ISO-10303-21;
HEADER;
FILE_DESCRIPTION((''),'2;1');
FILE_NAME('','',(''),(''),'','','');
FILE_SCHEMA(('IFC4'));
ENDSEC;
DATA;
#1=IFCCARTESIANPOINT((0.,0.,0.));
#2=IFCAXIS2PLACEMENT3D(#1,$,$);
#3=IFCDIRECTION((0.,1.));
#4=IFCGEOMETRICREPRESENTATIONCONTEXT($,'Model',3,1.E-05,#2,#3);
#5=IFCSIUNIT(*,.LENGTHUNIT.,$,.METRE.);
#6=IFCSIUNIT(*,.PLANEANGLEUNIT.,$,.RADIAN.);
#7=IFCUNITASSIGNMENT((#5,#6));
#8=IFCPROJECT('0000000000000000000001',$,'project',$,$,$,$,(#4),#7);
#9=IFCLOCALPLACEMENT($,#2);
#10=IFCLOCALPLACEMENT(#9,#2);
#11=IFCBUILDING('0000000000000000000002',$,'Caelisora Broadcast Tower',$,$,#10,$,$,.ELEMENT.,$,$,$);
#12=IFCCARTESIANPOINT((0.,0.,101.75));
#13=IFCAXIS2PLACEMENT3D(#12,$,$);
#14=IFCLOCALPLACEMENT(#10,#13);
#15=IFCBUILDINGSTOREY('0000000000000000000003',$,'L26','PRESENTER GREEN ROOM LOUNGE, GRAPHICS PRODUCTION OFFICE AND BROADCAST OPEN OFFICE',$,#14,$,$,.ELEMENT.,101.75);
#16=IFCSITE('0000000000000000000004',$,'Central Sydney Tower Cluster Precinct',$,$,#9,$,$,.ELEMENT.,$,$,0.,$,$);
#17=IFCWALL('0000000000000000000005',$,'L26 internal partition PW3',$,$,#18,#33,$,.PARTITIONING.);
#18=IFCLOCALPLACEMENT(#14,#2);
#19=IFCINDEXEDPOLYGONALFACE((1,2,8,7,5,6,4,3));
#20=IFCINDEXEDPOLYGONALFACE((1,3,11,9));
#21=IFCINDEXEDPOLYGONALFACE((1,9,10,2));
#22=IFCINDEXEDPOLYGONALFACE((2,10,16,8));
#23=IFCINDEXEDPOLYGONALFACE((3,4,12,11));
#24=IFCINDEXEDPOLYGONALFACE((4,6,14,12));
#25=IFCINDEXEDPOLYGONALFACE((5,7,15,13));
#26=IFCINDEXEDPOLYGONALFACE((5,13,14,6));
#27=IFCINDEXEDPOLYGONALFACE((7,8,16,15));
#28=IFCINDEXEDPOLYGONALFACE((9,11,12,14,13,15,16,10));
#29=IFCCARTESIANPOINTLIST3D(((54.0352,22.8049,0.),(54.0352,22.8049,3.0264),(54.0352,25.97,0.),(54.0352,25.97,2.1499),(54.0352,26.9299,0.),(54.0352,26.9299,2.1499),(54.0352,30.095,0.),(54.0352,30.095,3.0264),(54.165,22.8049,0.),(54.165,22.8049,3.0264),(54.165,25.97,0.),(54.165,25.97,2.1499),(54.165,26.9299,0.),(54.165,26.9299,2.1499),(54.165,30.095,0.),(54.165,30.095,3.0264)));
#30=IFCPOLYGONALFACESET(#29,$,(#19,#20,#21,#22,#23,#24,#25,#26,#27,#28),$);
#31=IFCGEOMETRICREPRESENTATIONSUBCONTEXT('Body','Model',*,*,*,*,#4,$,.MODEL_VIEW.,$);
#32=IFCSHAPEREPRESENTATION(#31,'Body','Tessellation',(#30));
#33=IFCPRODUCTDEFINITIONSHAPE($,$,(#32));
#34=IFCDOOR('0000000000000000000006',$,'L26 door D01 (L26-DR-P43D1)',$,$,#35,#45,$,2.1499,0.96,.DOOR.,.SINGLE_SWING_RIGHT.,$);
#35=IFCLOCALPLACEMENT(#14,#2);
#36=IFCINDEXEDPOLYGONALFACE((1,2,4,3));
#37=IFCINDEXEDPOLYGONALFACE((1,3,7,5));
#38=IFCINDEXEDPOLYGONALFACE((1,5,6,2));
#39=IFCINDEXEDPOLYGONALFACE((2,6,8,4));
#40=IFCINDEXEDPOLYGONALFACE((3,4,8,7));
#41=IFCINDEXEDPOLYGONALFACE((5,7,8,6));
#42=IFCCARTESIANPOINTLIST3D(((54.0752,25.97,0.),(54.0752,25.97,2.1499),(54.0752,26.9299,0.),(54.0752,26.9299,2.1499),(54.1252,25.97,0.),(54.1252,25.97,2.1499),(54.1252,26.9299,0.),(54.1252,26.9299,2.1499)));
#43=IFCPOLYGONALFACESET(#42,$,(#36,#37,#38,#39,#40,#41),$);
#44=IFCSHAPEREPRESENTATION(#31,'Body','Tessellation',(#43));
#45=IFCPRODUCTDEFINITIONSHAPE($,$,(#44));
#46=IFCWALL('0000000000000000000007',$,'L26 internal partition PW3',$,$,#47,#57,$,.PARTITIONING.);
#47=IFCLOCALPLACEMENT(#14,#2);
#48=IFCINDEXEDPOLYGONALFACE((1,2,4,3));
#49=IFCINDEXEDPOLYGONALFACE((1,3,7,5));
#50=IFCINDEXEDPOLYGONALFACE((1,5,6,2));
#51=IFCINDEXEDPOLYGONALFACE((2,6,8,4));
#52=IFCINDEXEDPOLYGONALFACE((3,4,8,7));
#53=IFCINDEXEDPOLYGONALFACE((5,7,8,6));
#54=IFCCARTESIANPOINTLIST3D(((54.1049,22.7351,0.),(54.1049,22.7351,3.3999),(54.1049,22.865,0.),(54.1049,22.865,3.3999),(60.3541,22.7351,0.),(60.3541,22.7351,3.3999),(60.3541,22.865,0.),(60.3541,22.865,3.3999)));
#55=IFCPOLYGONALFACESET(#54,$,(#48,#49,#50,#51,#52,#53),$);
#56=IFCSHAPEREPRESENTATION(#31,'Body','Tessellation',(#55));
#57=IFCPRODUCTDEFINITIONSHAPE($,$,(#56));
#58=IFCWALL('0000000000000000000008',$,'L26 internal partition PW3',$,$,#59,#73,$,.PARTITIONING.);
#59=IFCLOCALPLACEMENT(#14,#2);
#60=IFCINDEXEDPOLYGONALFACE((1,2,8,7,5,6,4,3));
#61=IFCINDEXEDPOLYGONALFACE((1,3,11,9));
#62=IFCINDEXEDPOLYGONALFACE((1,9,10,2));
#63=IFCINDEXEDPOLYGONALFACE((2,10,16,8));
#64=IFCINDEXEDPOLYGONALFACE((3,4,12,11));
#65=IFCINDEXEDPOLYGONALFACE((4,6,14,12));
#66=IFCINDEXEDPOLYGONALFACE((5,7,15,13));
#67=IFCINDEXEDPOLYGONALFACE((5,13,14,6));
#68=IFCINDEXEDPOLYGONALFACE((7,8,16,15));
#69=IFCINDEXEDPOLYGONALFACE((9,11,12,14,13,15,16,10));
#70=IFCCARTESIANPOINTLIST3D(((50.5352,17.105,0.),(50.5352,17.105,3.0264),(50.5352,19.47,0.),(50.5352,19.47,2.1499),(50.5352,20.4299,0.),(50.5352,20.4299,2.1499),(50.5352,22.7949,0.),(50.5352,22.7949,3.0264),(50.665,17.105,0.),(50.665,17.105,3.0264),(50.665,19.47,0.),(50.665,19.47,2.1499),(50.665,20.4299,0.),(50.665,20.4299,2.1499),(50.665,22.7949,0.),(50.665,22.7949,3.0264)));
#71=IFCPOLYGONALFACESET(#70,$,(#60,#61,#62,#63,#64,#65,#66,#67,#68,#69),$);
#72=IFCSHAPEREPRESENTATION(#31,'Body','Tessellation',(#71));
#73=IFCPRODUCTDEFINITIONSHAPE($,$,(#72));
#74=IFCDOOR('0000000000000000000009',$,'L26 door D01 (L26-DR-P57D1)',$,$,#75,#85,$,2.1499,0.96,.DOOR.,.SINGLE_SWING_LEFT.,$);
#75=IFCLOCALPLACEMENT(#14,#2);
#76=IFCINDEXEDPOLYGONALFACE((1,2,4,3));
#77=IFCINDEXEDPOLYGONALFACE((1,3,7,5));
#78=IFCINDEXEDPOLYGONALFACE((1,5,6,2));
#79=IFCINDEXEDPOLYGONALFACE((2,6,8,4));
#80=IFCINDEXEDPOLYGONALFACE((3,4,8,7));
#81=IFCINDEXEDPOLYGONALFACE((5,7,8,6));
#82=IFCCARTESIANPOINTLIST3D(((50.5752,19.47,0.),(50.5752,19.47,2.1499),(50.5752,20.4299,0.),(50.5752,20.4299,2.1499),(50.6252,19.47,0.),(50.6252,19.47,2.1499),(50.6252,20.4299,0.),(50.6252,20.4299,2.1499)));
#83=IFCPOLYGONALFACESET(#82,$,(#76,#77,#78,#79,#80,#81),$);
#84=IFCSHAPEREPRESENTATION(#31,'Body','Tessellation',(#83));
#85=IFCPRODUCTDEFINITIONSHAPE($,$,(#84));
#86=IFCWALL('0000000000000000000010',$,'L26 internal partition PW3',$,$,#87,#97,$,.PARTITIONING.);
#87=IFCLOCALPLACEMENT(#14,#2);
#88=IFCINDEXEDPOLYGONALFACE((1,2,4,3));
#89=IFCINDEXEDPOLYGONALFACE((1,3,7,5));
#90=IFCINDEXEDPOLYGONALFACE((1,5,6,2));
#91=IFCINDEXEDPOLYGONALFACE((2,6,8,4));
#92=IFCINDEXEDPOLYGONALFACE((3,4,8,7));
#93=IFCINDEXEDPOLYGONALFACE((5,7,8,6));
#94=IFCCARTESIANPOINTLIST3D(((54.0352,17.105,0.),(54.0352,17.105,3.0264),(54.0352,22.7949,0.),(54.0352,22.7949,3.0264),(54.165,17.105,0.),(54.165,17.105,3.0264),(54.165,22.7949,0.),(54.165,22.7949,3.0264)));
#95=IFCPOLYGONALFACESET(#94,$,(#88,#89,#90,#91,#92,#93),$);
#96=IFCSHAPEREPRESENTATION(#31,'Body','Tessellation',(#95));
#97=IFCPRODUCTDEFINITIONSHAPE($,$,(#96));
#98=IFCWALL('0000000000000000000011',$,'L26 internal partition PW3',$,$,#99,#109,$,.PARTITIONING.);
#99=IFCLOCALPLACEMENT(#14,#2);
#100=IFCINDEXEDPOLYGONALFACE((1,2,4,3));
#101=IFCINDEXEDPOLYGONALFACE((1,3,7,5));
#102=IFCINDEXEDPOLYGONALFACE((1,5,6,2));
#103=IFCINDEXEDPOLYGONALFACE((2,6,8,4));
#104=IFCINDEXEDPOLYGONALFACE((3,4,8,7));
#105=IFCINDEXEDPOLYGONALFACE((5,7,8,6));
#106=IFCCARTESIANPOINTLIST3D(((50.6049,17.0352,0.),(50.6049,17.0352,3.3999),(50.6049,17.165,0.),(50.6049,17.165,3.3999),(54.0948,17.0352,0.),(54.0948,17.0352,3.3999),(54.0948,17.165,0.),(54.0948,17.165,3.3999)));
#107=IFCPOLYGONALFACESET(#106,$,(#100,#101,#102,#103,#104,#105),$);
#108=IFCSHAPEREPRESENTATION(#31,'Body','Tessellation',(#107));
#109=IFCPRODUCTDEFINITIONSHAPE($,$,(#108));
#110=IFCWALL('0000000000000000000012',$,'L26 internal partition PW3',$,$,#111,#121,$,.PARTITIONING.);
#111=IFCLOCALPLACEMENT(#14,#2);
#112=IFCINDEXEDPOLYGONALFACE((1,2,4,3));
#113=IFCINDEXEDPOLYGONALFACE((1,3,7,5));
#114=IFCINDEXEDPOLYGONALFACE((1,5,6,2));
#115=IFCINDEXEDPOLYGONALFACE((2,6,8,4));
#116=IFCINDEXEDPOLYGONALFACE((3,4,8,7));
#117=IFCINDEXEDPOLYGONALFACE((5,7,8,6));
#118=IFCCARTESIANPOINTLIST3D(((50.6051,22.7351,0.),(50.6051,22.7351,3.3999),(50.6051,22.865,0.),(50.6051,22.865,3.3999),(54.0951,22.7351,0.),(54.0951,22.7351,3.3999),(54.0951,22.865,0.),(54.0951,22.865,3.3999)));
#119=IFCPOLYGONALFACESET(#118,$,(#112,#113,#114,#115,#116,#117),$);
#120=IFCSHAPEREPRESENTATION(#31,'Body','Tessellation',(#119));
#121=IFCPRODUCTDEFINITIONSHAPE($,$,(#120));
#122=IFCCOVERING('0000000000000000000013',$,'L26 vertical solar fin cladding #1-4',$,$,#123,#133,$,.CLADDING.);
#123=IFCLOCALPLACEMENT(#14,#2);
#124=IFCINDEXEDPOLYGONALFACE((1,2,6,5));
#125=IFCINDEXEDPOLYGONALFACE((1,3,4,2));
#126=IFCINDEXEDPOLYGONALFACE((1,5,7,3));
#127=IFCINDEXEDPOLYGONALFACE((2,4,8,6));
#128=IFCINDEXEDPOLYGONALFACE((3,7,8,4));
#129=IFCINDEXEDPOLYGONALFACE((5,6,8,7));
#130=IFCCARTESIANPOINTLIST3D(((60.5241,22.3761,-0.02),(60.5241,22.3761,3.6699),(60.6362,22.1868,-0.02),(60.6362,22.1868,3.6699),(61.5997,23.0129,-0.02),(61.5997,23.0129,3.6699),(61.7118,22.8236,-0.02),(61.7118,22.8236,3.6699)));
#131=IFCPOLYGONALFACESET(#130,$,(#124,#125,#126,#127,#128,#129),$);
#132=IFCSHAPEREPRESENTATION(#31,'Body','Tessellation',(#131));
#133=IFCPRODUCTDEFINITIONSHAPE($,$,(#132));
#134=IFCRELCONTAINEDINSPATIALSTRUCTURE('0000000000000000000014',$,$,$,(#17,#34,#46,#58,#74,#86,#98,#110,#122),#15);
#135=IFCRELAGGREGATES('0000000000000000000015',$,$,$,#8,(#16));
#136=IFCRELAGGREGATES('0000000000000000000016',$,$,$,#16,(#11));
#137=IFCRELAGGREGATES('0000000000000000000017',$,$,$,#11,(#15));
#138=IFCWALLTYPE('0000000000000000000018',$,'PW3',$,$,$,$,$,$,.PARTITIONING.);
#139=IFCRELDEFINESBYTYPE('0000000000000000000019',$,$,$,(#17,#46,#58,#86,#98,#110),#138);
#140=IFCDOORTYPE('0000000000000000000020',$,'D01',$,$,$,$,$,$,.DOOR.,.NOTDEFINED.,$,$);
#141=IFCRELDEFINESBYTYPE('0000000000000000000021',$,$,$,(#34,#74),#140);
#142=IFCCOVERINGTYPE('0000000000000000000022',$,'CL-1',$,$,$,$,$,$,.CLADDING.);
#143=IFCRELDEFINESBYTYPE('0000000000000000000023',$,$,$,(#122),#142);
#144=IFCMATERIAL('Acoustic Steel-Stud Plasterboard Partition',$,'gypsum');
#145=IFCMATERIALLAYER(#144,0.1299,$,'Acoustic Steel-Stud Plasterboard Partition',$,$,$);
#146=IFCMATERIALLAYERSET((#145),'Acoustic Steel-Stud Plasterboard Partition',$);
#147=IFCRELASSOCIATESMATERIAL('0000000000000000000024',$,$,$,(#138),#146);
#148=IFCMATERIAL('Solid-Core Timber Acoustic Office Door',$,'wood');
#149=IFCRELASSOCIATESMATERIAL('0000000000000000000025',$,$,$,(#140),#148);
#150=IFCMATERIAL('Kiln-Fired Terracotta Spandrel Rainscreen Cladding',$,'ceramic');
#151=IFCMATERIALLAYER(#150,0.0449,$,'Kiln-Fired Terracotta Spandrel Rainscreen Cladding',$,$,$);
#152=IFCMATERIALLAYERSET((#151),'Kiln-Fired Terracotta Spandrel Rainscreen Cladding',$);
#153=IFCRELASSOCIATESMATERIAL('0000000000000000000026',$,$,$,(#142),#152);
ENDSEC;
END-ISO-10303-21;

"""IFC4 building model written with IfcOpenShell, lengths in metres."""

from ifc_helpers import new_model, si_unit, direction, frame, frame_2d, origin, origin_2d, place, context, subcontext, project, spatial, rectangle, extrude, source, transform, mapped, material, layer, layer_set, type_object, type_shapes, element, fill, save


model = new_model("IFC4")

# Units and contexts
model_context = context("Model", 3, precision=1e-05, world=origin(), true_north=direction((0.0, 1.0)))
body_context = subcontext(model_context, "Body", "Model", "MODEL_VIEW")
ifc_project = project(units=[si_unit("LENGTHUNIT", "METRE"), si_unit("PLANEANGLEUNIT", "RADIAN")], contexts=[model_context])

# Site, building, storey
site_placement = place(None, origin())
site = spatial("IfcSite", under=ifc_project, at=site_placement, Name="Central Sydney Tower Cluster Precinct", CompositionType="ELEMENT", RefElevation=0.0)
building_placement = place(site_placement, origin())
building = spatial("IfcBuilding", under=site, at=building_placement, Name="Caelisora Broadcast Tower", CompositionType="ELEMENT")
storey_placement = place(building_placement, frame((0.0, 0.0, 101.75)))
storey = spatial("IfcBuildingStorey", under=building, at=storey_placement, Name="L26", Description="PRESENTER GREEN ROOM LOUNGE, GRAPHICS PRODUCTION OFFICE AND BROADCAST OPEN OFFICE", CompositionType="ELEMENT", Elevation=101.75)

# Wall, opening, door
ifc_material_1 = material(Name="Acoustic Steel-Stud Plasterboard Partition", Category="gypsum")
ifc_layer_1 = layer(ifc_material_1, 0.1299, Name="Acoustic Steel-Stud Plasterboard Partition")
ifc_layer_set_1 = layer_set([ifc_layer_1], Name="Acoustic Steel-Stud Plasterboard Partition")
wall_type_1 = type_object("IfcWallType", Name="PW3", PredefinedType="PARTITIONING", material=ifc_layer_set_1)
ifc_material_2 = material(Name="Solid-Core Timber Acoustic Office Door", Category="wood")
door_type_1 = type_object("IfcDoorType", Name="D01", OperationType="NOTDEFINED", PredefinedType="DOOR", material=ifc_material_2)
wall_1_placement = place(storey_placement, frame((54.1001, 22.8049, 0.0), z_axis=(0.0, 0.0, 1.0), x_axis=(0.0, 1.0, 0.0)))
wall_1 = element("IfcWall", 1, at=wall_1_placement, inside=storey, type_object=wall_type_1, Name="L26 internal partition PW3", PredefinedType="PARTITIONING", context=body_context, shape_type="SweptSolid", body=[
    extrude(rectangle(XDim=7.29, YDim=0.1299, at=frame_2d((3.645, 0.0))), origin(), (0.0, 0.0, 1.0), 3.0264),
])
opening_1_placement = place(wall_1_placement, frame((3.165, 0.0, 0.0)))
opening_1 = element("IfcOpeningElement", 2, at=opening_1_placement, cuts=wall_1, PredefinedType="OPENING", context=body_context, shape_type="SweptSolid", body=[
    extrude(rectangle(XDim=0.96, YDim=2.1499, at=frame_2d((0.48, 1.075))), frame((0.0, 0.0769, 0.0), z_axis=(0.0, -1.0, 0.0), x_axis=(1.0, 0.0, 0.0)), (0.0, 0.0, 1.0), 0.1538),
])
door_1_placement = place(opening_1_placement, origin())
door_1 = element("IfcDoor", 3, at=door_1_placement, inside=storey, type_object=door_type_1, Name="L26 door D01 (L26-DR-P43D1)", OperationType="SINGLE_SWING_RIGHT", OverallHeight=2.1499, OverallWidth=0.96, PredefinedType="DOOR", context=body_context, shape_type="SweptSolid", body=[
    extrude(rectangle(XDim=0.96, YDim=2.1499, at=frame_2d((0.48, 1.075))), frame((0.0, 0.0249, 0.0), z_axis=(0.0, -1.0, 0.0), x_axis=(1.0, 0.0, 0.0)), (0.0, 0.0, 1.0), 0.05),
])
fill(opening_1, door_1)

# Wall
wall_2_placement = place(storey_placement, frame((54.105, 22.8, 0.0), z_axis=(0.0, 0.0, 1.0), x_axis=(1.0, 0.0, 0.0)))
element("IfcWall", 4, at=wall_2_placement, inside=storey, type_object=wall_type_1, Name="L26 internal partition PW3", PredefinedType="PARTITIONING", context=body_context, shape_type="SweptSolid", body=[
    extrude(rectangle(XDim=6.2493, YDim=0.1299, at=frame_2d((3.1245, 0.0))), origin(), (0.0, 0.0, 1.0), 3.3999),
])

# Wall, opening, door
wall_3_placement = place(storey_placement, frame((50.6001, 17.105, 0.0), z_axis=(0.0, 0.0, 1.0), x_axis=(0.0, 1.0, 0.0)))
wall_3 = element("IfcWall", 5, at=wall_3_placement, inside=storey, type_object=wall_type_1, Name="L26 internal partition PW3", PredefinedType="PARTITIONING", context=body_context, shape_type="SweptSolid", body=[
    extrude(rectangle(XDim=5.6899, YDim=0.1299, at=frame_2d((2.845, 0.0))), origin(), (0.0, 0.0, 1.0), 3.0264),
])
opening_2_placement = place(wall_3_placement, frame((2.365, 0.0, 0.0)))
opening_2 = element("IfcOpeningElement", 6, at=opening_2_placement, cuts=wall_3, PredefinedType="OPENING", context=body_context, shape_type="SweptSolid", body=[
    extrude(rectangle(XDim=0.96, YDim=2.1499, at=frame_2d((0.48, 1.075))), frame((0.0, 0.0769, 0.0), z_axis=(0.0, -1.0, 0.0), x_axis=(1.0, 0.0, 0.0)), (0.0, 0.0, 1.0), 0.1538),
])
door_2_placement = place(opening_2_placement, origin())
door_2 = element("IfcDoor", 7, at=door_2_placement, inside=storey, type_object=door_type_1, Name="L26 door D01 (L26-DR-P57D1)", OperationType="SINGLE_SWING_LEFT", OverallHeight=2.1499, OverallWidth=0.96, PredefinedType="DOOR", context=body_context, shape_type="SweptSolid", body=[
    extrude(rectangle(XDim=0.96, YDim=2.1499, at=frame_2d((0.48, 1.075))), frame((0.0, 0.0249, 0.0), z_axis=(0.0, -1.0, 0.0), x_axis=(1.0, 0.0, 0.0)), (0.0, 0.0, 1.0), 0.05),
])
fill(opening_2, door_2)

# Walls
wall_4_placement = place(storey_placement, frame((54.1001, 17.105, 0.0), z_axis=(0.0, 0.0, 1.0), x_axis=(0.0, 1.0, 0.0)))
element("IfcWall", 8, at=wall_4_placement, inside=storey, type_object=wall_type_1, Name="L26 internal partition PW3", PredefinedType="PARTITIONING", context=body_context, shape_type="SweptSolid", body=[
    extrude(rectangle(XDim=5.6899, YDim=0.1299, at=frame_2d((2.845, 0.0))), origin(), (0.0, 0.0, 1.0), 3.0264),
])
for number, where, z_axis, x_axis, name in (
    (9, (54.095, 17.1001, 0.0), (0.0, 0.0, 1.0), (-1.0, 0.0, 0.0), "L26 internal partition PW3"),
    (10, (50.605, 22.8, 0.0), (0.0, 0.0, 1.0), (1.0, 0.0, 0.0), "L26 internal partition PW3"),
):
    element("IfcWall", number, at=place(storey_placement, frame(where, z_axis=z_axis, x_axis=x_axis)), inside=storey, type_object=wall_type_1, Name=name, PredefinedType="PARTITIONING", context=body_context, shape_type="SweptSolid", body=[
        extrude(rectangle(XDim=3.49, YDim=0.1299, at=frame_2d((1.7451, 0.0))), origin(), (0.0, 0.0, 1.0), 3.3999),
    ])

# Covering
ifc_material_3 = material(Name="Kiln-Fired Terracotta Spandrel Rainscreen Cladding", Category="ceramic")
ifc_layer_2 = layer(ifc_material_3, 0.0449, Name="Kiln-Fired Terracotta Spandrel Rainscreen Cladding")
ifc_layer_set_2 = layer_set([ifc_layer_2], Name="Kiln-Fired Terracotta Spandrel Rainscreen Cladding")
covering_type = type_object("IfcCoveringType", Name="CL-1", PredefinedType="CLADDING", material=ifc_layer_set_2)
shared_shape_1 = source(origin(), body_context, "Body", "SweptSolid", [
    extrude(rectangle(XDim=0.22, YDim=1.25, at=origin_2d()), origin(), (0.0, 0.0, 1.0), 3.6899),
])
type_shapes(covering_type, [shared_shape_1])
covering_placement = place(storey_placement, frame((61.1179, 22.5999, -0.02), z_axis=(0.0, 0.0, 1.0), x_axis=(0.509492, -0.860475, 0.0)))
element("IfcCovering", 11, at=covering_placement, inside=storey, type_object=covering_type, Name="L26 vertical solar fin cladding #1-4", PredefinedType="CLADDING", context=body_context, shape_type="MappedRepresentation", body=[
    mapped(shared_shape_1, transform((0.0, 0.0, 0.0), scale=1.0)),
])

save(model, "model.ifc")
